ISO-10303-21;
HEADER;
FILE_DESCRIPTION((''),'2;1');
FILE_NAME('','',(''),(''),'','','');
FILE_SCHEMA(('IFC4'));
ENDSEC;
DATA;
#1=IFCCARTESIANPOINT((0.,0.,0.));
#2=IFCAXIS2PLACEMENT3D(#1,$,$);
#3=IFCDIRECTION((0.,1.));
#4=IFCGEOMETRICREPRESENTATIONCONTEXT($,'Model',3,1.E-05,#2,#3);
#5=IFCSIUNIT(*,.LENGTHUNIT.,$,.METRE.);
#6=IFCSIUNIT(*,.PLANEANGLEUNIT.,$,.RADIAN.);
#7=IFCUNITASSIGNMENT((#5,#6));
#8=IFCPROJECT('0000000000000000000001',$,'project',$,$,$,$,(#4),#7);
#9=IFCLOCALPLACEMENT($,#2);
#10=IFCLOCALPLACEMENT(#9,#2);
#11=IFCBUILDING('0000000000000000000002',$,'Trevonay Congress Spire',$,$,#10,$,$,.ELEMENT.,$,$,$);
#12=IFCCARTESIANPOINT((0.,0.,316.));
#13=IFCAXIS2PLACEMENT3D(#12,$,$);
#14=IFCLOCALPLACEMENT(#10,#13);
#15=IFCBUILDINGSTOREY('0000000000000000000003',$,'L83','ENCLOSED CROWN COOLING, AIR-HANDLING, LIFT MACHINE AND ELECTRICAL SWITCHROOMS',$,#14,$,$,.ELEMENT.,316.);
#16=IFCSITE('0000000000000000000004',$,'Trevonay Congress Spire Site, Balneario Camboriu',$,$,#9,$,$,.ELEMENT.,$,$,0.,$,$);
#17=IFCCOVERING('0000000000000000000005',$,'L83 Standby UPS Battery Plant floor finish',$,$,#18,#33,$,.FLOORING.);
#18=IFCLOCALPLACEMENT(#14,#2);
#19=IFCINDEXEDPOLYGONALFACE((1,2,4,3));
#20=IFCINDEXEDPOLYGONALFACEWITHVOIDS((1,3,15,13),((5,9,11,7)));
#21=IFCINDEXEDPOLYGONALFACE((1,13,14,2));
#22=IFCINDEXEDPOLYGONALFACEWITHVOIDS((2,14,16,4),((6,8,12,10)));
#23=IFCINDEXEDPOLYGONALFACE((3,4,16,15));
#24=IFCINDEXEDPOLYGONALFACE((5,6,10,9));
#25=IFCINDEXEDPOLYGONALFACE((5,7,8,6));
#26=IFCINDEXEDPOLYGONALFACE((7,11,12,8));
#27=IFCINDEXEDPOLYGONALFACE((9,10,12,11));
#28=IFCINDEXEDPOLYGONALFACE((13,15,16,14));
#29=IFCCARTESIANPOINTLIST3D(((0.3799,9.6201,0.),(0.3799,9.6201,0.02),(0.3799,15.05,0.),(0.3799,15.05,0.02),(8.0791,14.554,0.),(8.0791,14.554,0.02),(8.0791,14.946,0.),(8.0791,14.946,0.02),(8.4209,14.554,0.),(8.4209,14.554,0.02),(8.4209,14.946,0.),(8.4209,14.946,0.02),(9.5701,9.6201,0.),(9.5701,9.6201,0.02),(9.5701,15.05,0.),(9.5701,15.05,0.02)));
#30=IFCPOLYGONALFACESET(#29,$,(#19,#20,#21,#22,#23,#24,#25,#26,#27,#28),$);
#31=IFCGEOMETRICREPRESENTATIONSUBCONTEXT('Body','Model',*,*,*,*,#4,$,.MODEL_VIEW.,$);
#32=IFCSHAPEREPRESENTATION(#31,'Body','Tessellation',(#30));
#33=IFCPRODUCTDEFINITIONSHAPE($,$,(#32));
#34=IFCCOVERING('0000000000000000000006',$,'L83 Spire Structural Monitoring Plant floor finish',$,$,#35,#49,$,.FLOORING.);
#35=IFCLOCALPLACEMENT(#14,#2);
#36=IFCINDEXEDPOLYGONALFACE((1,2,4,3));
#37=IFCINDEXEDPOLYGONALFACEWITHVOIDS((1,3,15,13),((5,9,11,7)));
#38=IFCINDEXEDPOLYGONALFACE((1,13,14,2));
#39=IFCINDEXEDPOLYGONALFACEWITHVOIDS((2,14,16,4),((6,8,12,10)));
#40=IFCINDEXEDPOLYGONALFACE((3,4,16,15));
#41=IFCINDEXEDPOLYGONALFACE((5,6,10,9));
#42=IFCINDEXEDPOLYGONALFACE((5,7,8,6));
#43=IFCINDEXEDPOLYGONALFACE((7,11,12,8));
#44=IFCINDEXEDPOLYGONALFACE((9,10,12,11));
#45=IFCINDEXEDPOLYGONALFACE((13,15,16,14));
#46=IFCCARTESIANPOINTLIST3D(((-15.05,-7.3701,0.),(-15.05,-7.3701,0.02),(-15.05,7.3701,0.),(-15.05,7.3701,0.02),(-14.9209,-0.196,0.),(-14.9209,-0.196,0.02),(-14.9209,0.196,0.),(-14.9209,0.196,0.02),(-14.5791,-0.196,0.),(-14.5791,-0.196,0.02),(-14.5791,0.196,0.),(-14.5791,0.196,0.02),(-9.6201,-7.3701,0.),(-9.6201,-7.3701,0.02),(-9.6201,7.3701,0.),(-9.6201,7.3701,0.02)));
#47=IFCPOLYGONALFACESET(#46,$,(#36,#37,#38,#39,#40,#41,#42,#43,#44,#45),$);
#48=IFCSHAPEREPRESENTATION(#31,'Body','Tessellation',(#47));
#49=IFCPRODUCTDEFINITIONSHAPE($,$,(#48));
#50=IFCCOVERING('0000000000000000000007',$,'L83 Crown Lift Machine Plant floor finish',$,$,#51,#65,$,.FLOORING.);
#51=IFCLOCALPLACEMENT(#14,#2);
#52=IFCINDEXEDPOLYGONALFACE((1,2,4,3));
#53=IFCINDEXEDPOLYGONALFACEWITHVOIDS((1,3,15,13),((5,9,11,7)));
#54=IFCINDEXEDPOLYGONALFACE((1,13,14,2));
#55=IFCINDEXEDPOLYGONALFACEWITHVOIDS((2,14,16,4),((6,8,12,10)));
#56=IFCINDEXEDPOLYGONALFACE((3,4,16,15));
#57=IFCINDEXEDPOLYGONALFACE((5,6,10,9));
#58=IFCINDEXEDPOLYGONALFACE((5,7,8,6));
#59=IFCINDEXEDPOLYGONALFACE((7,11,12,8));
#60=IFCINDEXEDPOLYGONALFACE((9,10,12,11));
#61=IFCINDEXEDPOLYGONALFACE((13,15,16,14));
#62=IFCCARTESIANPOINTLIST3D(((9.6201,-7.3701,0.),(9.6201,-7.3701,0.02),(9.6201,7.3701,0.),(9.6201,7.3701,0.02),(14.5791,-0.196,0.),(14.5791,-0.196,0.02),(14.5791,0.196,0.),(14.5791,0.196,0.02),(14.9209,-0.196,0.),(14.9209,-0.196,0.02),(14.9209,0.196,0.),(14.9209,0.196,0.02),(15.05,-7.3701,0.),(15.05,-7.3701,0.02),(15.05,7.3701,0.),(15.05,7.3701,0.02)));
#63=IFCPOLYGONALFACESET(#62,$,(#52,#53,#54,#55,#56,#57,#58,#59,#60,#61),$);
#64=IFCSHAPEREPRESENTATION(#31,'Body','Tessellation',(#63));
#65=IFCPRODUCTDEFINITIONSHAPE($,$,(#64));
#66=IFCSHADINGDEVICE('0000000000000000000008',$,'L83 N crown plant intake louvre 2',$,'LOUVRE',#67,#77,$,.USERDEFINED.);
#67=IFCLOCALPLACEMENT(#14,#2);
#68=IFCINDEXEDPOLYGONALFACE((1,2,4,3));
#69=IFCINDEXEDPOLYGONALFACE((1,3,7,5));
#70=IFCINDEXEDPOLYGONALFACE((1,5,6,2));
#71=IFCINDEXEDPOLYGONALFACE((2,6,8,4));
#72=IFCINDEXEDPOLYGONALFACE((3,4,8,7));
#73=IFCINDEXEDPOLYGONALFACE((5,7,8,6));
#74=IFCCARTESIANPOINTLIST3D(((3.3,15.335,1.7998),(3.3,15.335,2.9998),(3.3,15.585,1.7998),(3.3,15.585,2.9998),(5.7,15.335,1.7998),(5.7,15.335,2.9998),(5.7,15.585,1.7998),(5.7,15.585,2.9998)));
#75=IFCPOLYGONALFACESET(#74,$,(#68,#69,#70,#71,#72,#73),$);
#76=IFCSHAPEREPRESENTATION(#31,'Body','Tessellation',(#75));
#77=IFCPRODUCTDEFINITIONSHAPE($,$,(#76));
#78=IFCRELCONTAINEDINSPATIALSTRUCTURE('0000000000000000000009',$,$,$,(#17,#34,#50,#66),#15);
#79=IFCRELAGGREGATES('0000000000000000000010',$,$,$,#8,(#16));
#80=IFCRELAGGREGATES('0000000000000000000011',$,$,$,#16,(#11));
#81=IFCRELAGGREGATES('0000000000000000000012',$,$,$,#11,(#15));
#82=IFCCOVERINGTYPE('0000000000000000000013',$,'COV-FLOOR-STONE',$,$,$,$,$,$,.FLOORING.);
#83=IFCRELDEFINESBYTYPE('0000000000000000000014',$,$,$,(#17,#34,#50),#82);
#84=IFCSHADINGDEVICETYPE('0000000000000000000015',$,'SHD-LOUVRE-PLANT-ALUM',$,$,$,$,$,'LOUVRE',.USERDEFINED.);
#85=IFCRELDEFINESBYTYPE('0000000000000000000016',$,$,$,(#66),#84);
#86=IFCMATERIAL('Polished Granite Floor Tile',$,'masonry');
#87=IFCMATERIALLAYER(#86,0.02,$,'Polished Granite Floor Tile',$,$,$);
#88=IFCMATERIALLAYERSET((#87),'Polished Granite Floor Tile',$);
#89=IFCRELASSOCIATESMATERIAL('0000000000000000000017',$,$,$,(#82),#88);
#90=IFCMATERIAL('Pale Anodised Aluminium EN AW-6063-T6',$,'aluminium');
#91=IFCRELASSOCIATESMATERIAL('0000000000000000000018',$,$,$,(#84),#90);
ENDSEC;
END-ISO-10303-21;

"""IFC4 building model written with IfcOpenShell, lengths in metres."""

from ifc_helpers import new_model, si_unit, direction, frame, origin, origin_2d, place, context, subcontext, project, spatial, polyline, rectangle, outline, extrude, material, layer, layer_set, type_object, element, save


model = new_model("IFC4")

# Units and contexts
model_context = context("Model", 3, precision=1e-05, world=origin(), true_north=direction((0.0, 1.0)))
body_context = subcontext(model_context, "Body", "Model", "MODEL_VIEW")
ifc_project = project(units=[si_unit("LENGTHUNIT", "METRE"), si_unit("PLANEANGLEUNIT", "RADIAN")], contexts=[model_context])

# Site, building, storey
site_placement = place(None, origin())
site = spatial("IfcSite", under=ifc_project, at=site_placement, Name="Trevonay Congress Spire Site, Balneario Camboriu", CompositionType="ELEMENT", RefElevation=0.0)
building_placement = place(site_placement, origin())
building = spatial("IfcBuilding", under=site, at=building_placement, Name="Trevonay Congress Spire", CompositionType="ELEMENT")
storey_placement = place(building_placement, frame((0.0, 0.0, 316.0)))
storey = spatial("IfcBuildingStorey", under=building, at=storey_placement, Name="L83", Description="ENCLOSED CROWN COOLING, AIR-HANDLING, LIFT MACHINE AND ELECTRICAL SWITCHROOMS", CompositionType="ELEMENT", Elevation=316.0)

# Shared definitions
ifc_material_1 = material(Name="Pale Anodised Aluminium EN AW-6063-T6", Category="aluminium")

# Coverings
ifc_material_2 = material(Name="Polished Granite Floor Tile", Category="masonry")
ifc_layer_1 = layer(ifc_material_2, 0.02, Name="Polished Granite Floor Tile")
ifc_layer_set_1 = layer_set([ifc_layer_1], Name="Polished Granite Floor Tile")
covering_type_1 = type_object("IfcCoveringType", Name="COV-FLOOR-STONE", PredefinedType="FLOORING", material=ifc_layer_set_1)
covering_1_placement = place(storey_placement, origin())
element("IfcCovering", 1, at=covering_1_placement, inside=storey, type_object=covering_type_1, Name="L83 Standby UPS Battery Plant floor finish", PredefinedType="FLOORING", context=body_context, shape_type="SweptSolid", body=[
    extrude(outline(polyline([(0.3799, 15.05), (9.5701, 15.05), (9.5701, 9.6201), (0.3799, 9.6201), (0.3799, 15.05)]), holes=[polyline([(8.4209, 14.554), (8.4209, 14.946), (8.0791, 14.946), (8.0791, 14.554), (8.4209, 14.554)])]), origin(), (0.0, 0.0, 1.0), 0.02),
])
covering_2_placement = place(storey_placement, origin())
element("IfcCovering", 2, at=covering_2_placement, inside=storey, type_object=covering_type_1, Name="L83 Spire Structural Monitoring Plant floor finish", PredefinedType="FLOORING", context=body_context, shape_type="SweptSolid", body=[
    extrude(outline(polyline([(-15.05, 7.3701), (-9.6201, 7.3701), (-9.6201, -7.3701), (-15.05, -7.3701), (-15.05, 7.3701)]), holes=[polyline([(-14.5791, -0.196), (-14.5791, 0.196), (-14.9209, 0.196), (-14.9209, -0.196), (-14.5791, -0.196)])]), origin(), (0.0, 0.0, 1.0), 0.02),
])
covering_3_placement = place(storey_placement, origin())
element("IfcCovering", 3, at=covering_3_placement, inside=storey, type_object=covering_type_1, Name="L83 Crown Lift Machine Plant floor finish", PredefinedType="FLOORING", context=body_context, shape_type="SweptSolid", body=[
    extrude(outline(polyline([(9.6201, 7.3701), (15.05, 7.3701), (15.05, -7.3701), (9.6201, -7.3701), (9.6201, 7.3701)]), holes=[polyline([(14.9209, -0.196), (14.9209, 0.196), (14.5791, 0.196), (14.5791, -0.196), (14.9209, -0.196)])]), origin(), (0.0, 0.0, 1.0), 0.02),
])

# Shading device
shading_device_type = type_object("IfcShadingDeviceType", Name="SHD-LOUVRE-PLANT-ALUM", ElementType="LOUVRE", PredefinedType="USERDEFINED", material=ifc_material_1)
shading_device_placement = place(storey_placement, frame((4.5, 15.46, 1.7998), z_axis=(0.0, 0.0, 1.0), x_axis=(1.0, 0.0, 0.0)))
element("IfcShadingDevice", 4, at=shading_device_placement, inside=storey, type_object=shading_device_type, Name="L83 N crown plant intake louvre 2", ObjectType="LOUVRE", PredefinedType="USERDEFINED", context=body_context, shape_type="SweptSolid", body=[
    extrude(rectangle(XDim=2.3999, YDim=0.25, at=origin_2d()), origin(), (0.0, 0.0, 1.0), 1.2),
])

save(model, "model.ifc")
